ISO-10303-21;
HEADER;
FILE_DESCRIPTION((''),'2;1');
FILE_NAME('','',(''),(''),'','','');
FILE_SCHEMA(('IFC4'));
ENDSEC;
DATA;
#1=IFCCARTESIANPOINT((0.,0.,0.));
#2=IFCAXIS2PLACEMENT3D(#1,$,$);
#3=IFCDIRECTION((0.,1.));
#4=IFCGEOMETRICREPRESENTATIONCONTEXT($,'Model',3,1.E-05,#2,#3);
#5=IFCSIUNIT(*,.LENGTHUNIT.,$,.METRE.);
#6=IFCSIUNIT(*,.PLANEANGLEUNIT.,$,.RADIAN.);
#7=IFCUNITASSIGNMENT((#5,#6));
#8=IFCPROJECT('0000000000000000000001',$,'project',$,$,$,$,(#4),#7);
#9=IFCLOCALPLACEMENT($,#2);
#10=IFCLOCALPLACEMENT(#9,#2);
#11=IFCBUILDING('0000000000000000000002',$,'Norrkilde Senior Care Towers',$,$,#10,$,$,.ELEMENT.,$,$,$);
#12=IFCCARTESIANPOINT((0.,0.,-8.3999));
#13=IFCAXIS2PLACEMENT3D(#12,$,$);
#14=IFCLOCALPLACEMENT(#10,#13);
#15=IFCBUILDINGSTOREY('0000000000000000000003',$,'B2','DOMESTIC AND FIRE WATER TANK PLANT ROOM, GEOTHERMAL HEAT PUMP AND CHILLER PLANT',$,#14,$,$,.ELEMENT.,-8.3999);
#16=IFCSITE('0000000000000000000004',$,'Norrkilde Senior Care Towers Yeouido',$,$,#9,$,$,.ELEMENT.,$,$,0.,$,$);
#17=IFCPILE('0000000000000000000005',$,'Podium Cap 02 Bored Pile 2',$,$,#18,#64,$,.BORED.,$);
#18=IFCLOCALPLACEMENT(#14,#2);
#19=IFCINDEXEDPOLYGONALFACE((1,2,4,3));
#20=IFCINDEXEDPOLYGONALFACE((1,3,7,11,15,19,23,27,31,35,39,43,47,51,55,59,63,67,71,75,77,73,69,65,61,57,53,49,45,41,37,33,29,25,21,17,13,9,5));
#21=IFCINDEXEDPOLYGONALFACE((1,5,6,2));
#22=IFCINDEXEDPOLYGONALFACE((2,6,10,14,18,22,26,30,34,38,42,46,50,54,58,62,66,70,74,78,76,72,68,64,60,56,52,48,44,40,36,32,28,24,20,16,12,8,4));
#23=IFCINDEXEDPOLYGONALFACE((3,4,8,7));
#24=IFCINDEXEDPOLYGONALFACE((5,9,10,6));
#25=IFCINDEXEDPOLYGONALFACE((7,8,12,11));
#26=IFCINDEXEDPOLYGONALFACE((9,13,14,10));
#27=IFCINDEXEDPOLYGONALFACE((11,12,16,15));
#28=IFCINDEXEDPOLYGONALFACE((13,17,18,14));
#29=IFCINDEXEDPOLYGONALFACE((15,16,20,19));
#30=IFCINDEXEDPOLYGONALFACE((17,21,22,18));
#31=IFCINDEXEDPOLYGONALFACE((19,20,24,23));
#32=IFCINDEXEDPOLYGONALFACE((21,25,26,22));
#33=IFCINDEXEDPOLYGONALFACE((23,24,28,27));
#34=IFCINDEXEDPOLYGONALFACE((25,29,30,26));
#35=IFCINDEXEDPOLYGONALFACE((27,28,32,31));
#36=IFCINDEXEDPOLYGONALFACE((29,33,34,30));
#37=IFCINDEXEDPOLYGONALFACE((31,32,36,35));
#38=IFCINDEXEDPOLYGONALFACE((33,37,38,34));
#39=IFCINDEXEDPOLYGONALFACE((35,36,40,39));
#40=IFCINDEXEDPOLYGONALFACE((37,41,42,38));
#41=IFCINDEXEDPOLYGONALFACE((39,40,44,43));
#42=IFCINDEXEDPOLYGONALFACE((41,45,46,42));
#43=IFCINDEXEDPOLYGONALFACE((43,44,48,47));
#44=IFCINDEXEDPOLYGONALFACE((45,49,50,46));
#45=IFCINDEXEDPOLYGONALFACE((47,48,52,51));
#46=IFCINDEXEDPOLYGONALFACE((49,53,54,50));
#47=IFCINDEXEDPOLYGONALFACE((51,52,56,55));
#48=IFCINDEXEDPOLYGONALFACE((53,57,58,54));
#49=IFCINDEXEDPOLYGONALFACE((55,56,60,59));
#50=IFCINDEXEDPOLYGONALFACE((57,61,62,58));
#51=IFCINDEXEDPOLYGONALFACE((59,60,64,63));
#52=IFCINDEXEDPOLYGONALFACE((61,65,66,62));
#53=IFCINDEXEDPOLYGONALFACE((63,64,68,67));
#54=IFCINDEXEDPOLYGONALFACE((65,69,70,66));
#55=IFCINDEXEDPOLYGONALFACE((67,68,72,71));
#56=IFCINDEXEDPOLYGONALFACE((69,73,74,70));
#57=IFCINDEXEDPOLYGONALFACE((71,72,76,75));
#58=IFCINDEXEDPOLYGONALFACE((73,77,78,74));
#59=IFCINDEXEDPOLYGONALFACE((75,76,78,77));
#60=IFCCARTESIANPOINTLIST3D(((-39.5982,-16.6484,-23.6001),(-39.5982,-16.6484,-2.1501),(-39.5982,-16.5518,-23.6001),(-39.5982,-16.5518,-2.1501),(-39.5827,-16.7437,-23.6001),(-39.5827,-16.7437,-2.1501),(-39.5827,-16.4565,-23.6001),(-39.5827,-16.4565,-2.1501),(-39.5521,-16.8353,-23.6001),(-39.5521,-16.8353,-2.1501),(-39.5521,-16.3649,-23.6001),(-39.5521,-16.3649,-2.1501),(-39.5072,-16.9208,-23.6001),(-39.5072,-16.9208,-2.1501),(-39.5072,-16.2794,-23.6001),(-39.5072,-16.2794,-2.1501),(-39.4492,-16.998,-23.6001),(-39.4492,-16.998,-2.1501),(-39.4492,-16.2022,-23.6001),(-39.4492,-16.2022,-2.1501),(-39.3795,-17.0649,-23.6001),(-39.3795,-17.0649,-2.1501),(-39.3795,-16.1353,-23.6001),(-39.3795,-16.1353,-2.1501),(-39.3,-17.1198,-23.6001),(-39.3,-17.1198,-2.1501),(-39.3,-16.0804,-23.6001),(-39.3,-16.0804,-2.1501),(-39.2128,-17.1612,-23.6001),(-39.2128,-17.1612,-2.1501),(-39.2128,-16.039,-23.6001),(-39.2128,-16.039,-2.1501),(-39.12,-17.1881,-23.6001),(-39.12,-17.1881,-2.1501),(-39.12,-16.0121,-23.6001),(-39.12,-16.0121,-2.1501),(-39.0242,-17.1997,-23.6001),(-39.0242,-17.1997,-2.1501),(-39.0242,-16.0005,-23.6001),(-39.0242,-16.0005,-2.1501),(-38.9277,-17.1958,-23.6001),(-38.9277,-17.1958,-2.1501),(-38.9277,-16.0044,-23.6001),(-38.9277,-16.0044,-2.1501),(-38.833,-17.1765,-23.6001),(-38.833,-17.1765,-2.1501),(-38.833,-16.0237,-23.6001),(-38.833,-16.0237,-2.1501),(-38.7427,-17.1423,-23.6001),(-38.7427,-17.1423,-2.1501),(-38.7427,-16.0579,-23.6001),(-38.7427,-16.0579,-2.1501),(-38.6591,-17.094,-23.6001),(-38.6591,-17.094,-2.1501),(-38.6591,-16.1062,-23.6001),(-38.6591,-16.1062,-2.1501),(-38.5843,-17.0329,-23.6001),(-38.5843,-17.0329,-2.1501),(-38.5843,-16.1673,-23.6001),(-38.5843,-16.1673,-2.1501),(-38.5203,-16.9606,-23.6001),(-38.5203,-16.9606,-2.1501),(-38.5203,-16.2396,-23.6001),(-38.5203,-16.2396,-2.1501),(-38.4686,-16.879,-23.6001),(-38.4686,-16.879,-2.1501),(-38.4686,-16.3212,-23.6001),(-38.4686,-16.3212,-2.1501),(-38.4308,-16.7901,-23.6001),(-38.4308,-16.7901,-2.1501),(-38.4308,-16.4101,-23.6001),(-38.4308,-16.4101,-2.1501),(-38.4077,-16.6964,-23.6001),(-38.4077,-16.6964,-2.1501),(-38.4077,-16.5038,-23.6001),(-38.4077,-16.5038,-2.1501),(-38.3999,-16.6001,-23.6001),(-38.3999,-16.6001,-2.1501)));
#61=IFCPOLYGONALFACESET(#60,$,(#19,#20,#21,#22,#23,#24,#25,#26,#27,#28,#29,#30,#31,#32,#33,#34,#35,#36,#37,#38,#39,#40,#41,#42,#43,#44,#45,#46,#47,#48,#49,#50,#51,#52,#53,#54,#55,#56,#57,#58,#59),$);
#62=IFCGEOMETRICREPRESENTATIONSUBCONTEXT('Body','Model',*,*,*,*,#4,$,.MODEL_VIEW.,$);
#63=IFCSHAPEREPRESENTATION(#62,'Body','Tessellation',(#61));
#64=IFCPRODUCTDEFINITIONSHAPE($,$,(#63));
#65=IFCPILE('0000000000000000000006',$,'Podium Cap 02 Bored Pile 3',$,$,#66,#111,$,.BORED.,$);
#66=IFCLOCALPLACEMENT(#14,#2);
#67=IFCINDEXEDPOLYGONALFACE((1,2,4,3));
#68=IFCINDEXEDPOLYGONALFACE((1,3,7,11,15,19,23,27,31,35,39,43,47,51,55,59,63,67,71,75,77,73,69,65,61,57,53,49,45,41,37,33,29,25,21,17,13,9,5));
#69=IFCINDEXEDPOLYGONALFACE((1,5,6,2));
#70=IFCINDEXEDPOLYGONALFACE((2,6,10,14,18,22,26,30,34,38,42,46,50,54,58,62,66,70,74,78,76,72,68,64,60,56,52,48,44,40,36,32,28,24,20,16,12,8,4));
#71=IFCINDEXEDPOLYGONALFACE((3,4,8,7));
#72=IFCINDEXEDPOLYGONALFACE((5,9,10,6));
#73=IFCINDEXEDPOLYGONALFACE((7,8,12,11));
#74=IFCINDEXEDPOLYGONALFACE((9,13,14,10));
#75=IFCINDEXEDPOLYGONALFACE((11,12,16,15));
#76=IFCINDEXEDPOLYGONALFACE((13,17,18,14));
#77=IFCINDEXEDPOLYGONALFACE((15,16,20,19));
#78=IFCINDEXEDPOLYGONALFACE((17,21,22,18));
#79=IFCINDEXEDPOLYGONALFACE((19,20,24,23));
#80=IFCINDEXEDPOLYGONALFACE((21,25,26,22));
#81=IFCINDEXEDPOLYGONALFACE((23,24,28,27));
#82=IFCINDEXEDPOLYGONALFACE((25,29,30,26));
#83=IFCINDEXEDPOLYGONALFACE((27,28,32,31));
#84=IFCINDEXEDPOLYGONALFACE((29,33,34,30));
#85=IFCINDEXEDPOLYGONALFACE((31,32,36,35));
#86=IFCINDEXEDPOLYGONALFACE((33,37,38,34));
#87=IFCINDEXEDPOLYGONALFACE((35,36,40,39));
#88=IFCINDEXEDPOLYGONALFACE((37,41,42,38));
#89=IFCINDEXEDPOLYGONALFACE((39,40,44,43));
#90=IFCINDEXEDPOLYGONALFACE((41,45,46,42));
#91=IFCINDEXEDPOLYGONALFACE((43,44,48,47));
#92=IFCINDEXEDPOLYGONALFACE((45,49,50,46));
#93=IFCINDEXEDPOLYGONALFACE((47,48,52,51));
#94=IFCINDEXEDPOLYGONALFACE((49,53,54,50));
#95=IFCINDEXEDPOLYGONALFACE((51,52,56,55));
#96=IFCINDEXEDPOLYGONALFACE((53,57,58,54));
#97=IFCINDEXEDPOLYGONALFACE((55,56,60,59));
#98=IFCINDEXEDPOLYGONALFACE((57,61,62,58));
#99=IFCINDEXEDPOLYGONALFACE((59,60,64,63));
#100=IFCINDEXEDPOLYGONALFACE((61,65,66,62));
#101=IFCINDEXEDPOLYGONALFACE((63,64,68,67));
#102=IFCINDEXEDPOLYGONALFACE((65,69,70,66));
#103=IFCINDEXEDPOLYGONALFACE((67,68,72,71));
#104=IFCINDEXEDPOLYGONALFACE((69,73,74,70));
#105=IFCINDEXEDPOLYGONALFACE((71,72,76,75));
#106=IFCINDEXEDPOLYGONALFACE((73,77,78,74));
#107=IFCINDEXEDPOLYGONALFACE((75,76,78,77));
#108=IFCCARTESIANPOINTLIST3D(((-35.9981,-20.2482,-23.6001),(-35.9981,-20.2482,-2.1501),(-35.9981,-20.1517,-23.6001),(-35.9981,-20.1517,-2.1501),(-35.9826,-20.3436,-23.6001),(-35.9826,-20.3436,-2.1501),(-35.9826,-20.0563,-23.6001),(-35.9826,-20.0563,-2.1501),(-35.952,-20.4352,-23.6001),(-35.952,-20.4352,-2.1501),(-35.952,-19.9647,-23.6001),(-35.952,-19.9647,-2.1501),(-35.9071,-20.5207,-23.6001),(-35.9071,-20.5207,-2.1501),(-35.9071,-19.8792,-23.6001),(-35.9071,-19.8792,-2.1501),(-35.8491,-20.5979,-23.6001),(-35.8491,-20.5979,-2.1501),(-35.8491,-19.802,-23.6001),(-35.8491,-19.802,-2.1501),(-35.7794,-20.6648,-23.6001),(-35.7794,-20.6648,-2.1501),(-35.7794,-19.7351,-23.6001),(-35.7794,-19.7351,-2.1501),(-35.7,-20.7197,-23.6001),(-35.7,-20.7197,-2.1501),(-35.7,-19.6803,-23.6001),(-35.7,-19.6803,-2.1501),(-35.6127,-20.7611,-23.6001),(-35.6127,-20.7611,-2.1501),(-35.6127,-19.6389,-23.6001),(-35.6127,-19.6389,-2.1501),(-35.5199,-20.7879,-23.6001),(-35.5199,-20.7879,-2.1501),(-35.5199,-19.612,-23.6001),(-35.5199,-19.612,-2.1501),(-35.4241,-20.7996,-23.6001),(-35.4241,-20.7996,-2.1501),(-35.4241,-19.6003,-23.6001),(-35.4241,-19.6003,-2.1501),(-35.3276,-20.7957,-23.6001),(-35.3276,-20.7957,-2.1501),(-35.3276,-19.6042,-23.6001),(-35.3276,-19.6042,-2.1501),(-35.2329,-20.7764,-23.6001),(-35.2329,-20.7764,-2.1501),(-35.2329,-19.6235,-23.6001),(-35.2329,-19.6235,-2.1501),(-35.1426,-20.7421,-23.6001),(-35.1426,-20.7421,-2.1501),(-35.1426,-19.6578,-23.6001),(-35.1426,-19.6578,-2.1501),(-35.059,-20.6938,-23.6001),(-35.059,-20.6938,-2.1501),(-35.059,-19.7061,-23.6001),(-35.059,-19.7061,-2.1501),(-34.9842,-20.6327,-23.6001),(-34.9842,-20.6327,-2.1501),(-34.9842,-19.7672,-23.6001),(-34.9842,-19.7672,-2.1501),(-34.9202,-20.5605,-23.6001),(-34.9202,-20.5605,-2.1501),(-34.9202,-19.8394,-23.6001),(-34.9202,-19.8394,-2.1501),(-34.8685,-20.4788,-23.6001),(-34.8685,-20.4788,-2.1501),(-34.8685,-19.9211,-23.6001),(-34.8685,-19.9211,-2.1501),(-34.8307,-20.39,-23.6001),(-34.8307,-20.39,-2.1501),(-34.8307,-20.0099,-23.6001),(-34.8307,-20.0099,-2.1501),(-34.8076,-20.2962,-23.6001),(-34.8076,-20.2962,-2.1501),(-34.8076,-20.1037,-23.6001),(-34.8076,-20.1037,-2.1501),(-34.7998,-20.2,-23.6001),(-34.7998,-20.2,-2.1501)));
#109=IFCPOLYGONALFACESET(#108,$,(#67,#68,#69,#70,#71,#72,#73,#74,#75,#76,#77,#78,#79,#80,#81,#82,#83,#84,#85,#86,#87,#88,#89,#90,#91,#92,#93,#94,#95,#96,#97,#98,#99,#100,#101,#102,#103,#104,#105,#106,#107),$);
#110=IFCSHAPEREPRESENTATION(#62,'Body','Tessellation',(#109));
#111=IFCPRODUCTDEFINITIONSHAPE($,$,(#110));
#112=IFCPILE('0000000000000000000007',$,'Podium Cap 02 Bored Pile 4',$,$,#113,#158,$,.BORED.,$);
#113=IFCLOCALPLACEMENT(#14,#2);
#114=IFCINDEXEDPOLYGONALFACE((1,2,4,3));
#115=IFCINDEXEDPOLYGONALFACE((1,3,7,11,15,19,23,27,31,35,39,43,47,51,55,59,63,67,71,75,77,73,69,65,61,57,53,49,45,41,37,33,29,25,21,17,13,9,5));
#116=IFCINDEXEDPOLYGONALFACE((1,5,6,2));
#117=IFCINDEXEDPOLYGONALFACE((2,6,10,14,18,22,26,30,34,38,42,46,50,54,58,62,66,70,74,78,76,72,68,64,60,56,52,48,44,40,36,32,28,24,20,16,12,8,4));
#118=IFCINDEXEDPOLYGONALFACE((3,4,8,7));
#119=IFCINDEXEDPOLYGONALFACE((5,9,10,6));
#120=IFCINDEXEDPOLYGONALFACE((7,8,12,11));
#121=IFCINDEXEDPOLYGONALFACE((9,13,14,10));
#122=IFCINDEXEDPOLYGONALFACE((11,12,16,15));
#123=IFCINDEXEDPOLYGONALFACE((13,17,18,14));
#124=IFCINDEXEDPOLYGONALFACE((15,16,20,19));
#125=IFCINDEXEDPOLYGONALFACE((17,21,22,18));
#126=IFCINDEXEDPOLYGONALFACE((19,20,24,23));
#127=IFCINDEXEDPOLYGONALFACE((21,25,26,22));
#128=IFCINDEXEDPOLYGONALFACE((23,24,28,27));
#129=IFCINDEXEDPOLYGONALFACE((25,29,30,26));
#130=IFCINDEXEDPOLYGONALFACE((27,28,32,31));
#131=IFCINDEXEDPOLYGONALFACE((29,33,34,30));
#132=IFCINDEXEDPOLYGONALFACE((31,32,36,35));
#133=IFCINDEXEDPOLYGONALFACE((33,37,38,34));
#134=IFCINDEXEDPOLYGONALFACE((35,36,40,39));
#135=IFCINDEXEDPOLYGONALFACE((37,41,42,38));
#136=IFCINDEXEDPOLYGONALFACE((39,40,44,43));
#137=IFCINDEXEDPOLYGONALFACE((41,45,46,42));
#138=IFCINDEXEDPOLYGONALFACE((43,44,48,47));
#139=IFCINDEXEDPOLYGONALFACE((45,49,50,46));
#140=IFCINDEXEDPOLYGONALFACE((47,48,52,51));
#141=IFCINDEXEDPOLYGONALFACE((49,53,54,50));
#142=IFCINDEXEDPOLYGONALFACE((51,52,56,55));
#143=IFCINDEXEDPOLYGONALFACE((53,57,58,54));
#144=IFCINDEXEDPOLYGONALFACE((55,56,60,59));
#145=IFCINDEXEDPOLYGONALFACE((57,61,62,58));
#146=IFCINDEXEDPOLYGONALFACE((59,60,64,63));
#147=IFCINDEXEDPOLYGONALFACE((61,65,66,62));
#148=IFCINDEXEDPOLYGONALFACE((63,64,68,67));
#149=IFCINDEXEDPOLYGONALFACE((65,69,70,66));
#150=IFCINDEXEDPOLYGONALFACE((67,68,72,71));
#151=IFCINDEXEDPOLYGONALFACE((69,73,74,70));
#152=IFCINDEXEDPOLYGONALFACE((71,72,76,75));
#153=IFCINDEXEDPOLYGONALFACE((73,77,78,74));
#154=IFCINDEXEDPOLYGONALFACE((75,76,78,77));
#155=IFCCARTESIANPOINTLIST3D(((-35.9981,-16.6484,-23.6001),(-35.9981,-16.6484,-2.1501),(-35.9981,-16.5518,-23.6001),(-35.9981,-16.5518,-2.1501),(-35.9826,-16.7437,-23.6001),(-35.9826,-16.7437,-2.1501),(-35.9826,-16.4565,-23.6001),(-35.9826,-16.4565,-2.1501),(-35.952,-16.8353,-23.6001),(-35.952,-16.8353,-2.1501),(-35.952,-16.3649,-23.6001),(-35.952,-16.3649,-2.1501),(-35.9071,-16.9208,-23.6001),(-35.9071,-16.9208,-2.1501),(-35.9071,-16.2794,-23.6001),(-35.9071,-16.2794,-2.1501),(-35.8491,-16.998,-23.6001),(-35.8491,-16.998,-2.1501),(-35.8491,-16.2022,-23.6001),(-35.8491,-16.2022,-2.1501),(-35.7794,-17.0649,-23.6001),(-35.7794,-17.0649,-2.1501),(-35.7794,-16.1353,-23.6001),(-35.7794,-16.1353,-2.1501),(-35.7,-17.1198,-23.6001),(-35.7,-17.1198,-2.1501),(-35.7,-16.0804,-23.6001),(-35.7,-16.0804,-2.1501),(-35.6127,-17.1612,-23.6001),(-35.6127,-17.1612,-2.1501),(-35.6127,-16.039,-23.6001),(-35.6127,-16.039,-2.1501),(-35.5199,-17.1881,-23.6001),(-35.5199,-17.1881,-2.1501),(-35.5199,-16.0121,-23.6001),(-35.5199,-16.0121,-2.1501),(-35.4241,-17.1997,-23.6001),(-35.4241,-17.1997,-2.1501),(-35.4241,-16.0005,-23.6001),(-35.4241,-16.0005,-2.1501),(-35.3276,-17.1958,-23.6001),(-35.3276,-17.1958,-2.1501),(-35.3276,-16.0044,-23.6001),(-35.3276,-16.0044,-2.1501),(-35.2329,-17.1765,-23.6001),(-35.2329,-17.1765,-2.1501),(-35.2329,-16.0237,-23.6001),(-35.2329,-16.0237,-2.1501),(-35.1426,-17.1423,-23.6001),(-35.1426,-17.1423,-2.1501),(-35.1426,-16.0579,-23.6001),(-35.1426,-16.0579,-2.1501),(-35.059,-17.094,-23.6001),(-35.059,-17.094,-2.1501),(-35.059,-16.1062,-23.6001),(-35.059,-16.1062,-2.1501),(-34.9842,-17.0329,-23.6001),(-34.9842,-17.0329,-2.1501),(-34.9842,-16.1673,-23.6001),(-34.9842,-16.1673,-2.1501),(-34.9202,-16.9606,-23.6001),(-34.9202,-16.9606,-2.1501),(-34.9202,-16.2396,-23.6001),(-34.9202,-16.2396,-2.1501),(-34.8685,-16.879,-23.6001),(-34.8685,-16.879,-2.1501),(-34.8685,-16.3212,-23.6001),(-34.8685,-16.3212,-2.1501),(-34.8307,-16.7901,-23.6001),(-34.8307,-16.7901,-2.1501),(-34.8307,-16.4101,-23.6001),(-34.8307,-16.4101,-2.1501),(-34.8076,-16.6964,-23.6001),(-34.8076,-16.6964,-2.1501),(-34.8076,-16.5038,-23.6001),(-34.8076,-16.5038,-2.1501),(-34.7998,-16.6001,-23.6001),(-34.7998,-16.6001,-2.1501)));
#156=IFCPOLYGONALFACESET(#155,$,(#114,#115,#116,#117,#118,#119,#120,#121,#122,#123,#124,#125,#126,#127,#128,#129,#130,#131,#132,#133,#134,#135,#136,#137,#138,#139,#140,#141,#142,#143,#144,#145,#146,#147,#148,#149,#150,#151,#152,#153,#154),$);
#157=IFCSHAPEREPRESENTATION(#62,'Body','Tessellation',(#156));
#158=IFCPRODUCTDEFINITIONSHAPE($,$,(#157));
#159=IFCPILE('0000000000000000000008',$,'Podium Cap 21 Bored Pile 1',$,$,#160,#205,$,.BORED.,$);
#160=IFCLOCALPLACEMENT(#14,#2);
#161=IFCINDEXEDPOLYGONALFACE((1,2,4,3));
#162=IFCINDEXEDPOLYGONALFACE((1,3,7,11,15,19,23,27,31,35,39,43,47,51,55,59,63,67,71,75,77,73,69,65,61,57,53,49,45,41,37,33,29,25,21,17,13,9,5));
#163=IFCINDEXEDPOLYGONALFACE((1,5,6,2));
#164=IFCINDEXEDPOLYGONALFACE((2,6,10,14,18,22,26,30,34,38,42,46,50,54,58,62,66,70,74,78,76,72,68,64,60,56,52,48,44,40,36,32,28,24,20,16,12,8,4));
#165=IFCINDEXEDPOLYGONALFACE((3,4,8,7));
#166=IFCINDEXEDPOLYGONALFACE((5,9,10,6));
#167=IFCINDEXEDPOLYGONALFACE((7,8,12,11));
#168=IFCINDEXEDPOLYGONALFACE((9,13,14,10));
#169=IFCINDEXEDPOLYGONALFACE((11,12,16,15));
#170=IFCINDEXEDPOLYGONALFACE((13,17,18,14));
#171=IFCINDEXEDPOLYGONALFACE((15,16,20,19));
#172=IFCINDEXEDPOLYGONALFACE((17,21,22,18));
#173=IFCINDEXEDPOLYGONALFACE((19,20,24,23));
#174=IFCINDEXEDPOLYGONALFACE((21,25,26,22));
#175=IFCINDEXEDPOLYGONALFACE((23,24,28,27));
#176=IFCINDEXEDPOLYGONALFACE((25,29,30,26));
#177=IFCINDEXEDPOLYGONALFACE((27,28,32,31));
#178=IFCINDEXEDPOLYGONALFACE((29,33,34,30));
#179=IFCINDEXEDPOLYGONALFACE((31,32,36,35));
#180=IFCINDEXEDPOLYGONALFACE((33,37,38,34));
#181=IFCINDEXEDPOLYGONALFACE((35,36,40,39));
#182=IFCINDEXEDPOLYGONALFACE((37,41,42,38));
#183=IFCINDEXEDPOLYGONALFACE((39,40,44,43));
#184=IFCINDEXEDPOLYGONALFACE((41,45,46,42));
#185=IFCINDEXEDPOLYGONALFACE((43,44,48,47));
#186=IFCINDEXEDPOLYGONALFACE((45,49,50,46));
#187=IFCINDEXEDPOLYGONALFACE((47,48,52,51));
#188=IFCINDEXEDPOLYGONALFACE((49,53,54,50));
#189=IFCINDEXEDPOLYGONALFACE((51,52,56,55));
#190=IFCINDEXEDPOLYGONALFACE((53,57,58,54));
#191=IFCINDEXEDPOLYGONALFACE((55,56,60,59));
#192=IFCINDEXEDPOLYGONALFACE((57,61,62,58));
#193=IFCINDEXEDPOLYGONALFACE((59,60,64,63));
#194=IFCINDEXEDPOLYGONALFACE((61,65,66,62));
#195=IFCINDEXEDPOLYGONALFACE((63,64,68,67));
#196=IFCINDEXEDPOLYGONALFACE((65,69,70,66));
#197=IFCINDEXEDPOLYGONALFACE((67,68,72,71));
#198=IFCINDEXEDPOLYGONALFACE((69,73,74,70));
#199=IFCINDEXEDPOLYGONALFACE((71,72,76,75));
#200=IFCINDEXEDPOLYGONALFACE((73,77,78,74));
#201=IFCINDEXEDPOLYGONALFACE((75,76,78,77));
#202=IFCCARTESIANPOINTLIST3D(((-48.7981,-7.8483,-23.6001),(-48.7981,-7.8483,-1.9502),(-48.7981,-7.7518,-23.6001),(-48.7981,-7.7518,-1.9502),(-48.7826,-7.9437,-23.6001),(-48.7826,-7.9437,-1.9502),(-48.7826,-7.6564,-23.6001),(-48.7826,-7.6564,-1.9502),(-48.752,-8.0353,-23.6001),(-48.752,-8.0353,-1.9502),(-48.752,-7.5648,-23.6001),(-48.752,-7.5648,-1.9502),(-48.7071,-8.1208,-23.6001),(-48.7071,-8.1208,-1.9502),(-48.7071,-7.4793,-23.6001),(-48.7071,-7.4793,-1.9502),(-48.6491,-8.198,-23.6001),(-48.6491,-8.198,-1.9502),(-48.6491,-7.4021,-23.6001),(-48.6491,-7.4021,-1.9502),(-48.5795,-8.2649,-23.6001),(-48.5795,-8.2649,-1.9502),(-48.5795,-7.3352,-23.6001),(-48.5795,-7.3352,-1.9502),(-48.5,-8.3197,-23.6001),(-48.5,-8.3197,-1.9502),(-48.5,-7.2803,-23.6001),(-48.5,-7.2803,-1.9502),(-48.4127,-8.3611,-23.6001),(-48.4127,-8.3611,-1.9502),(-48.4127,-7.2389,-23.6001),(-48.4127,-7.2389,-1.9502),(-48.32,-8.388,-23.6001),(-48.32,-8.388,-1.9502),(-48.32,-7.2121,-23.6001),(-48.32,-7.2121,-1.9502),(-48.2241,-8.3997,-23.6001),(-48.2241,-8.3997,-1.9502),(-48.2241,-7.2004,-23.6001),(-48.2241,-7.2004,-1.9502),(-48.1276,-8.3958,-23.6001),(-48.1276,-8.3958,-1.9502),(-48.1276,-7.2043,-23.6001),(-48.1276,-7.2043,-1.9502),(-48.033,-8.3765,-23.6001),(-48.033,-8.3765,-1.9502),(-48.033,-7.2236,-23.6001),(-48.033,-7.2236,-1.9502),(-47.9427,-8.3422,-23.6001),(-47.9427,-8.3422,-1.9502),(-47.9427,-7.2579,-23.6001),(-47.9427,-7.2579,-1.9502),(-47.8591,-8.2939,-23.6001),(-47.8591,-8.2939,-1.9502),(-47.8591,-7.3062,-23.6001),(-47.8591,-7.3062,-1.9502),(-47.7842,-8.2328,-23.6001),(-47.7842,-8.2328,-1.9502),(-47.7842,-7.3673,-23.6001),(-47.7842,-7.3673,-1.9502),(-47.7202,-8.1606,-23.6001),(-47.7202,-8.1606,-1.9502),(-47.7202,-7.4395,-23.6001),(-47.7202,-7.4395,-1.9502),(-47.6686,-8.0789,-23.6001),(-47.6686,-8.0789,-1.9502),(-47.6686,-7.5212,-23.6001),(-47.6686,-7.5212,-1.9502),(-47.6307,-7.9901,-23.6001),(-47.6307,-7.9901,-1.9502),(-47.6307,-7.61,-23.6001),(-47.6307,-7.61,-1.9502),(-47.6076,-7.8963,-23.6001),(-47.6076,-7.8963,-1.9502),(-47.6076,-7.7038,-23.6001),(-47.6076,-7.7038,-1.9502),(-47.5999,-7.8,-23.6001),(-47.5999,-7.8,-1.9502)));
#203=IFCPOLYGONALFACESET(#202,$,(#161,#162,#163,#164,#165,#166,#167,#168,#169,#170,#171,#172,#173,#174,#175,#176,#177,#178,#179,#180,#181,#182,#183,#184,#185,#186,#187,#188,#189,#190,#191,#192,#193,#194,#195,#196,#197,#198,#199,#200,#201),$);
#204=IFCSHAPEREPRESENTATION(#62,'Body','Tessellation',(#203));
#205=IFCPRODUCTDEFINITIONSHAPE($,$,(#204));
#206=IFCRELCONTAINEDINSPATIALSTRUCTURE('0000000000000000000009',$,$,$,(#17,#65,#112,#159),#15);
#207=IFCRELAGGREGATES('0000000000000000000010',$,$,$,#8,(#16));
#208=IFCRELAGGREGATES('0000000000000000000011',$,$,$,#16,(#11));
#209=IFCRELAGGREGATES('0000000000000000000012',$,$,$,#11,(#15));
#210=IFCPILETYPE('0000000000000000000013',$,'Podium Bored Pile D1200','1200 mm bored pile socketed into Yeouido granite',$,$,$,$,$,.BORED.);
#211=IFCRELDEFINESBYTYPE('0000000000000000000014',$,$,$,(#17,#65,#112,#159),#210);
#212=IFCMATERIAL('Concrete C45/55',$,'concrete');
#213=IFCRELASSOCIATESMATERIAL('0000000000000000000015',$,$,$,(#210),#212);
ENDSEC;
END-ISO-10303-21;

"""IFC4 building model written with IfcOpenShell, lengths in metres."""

from ifc_helpers import new_model, si_unit, direction, frame, origin, origin_2d, place, context, subcontext, project, spatial, circle, extrude, source, transform, mapped, material, material_profile, profile_set, type_object, type_shapes, element, save


model = new_model("IFC4")

# Units and contexts
model_context = context("Model", 3, precision=1e-05, world=origin(), true_north=direction((0.0, 1.0)))
body_context = subcontext(model_context, "Body", "Model", "MODEL_VIEW")
ifc_project = project(units=[si_unit("LENGTHUNIT", "METRE"), si_unit("PLANEANGLEUNIT", "RADIAN")], contexts=[model_context])

# Site, building, storey
site_placement = place(None, origin())
site = spatial("IfcSite", under=ifc_project, at=site_placement, Name="Norrkilde Senior Care Towers Yeouido", CompositionType="ELEMENT", RefElevation=0.0)
building_placement = place(site_placement, origin())
building = spatial("IfcBuilding", under=site, at=building_placement, Name="Norrkilde Senior Care Towers", CompositionType="ELEMENT")
storey_placement = place(building_placement, frame((0.0, 0.0, -8.3999)))
storey = spatial("IfcBuildingStorey", under=building, at=storey_placement, Name="B2", Description="DOMESTIC AND FIRE WATER TANK PLANT ROOM, GEOTHERMAL HEAT PUMP AND CHILLER PLANT", CompositionType="ELEMENT", Elevation=-8.3999)

# Piles
ifc_material_1 = material(Name="Concrete C45/55", Category="concrete")
ifc_material_profile_1 = material_profile(ifc_material_1, circle(Radius=0.6001, at=origin_2d()), Name="BORED PILE 1200")
ifc_profile_set_1 = profile_set([ifc_material_profile_1], Name="Concrete C45/55")
pile_type_1 = type_object("IfcPileType", Name="Podium Bored Pile D1200", Description="1200 mm bored pile socketed into Yeouido granite", PredefinedType="BORED", material=ifc_profile_set_1)
shared_shape_1 = source(origin(), body_context, "Body", "SweptSolid", [
    extrude(circle(Radius=0.6001, at=origin_2d()), origin(), (0.0, 0.0, 1.0), 21.45),
])
for number, where, z_axis, x_axis, name in (
    (1, (-39.0, -16.6001, -2.1501), (0.0, 0.0, -1.0), (1.0, 0.0, 0.0), "Podium Cap 02 Bored Pile 2"),
    (2, (-35.3999, -20.2, -2.1501), (0.0, 0.0, -1.0), (1.0, 0.0, 0.0), "Podium Cap 02 Bored Pile 3"),
    (3, (-35.3999, -16.6001, -2.1501), (0.0, 0.0, -1.0), (1.0, 0.0, 0.0), "Podium Cap 02 Bored Pile 4"),
):
    element("IfcPile", number, at=place(storey_placement, frame(where, z_axis=z_axis, x_axis=x_axis)), inside=storey, type_object=pile_type_1, Name=name, PredefinedType="BORED", context=body_context, shape_type="MappedRepresentation", body=[
        mapped(shared_shape_1, transform((0.0, 0.0, 0.0), x_axis=(1.0, 0.0, 0.0), y_axis=(0.0, 1.0, 0.0), z_axis=(0.0, 0.0, 1.0), scale=1.0)),
    ])
shared_shape_2 = source(origin(), body_context, "Body", "SweptSolid", [
    extrude(circle(Radius=0.6001, at=origin_2d()), origin(), (0.0, 0.0, 1.0), 21.6499),
])
type_shapes(pile_type_1, [shared_shape_1, shared_shape_2])
for number, where, z_axis, x_axis, name in (
    (4, (-48.2, -7.8, -1.9502), (0.0, 0.0, -1.0), (1.0, 0.0, 0.0), "Podium Cap 21 Bored Pile 1"),
):
    element("IfcPile", number, at=place(storey_placement, frame(where, z_axis=z_axis, x_axis=x_axis)), inside=storey, type_object=pile_type_1, Name=name, PredefinedType="BORED", context=body_context, shape_type="MappedRepresentation", body=[
        mapped(shared_shape_2, transform((0.0, 0.0, 0.0), x_axis=(1.0, 0.0, 0.0), y_axis=(0.0, 1.0, 0.0), z_axis=(0.0, 0.0, 1.0), scale=1.0)),
    ])

save(model, "model.ifc")
